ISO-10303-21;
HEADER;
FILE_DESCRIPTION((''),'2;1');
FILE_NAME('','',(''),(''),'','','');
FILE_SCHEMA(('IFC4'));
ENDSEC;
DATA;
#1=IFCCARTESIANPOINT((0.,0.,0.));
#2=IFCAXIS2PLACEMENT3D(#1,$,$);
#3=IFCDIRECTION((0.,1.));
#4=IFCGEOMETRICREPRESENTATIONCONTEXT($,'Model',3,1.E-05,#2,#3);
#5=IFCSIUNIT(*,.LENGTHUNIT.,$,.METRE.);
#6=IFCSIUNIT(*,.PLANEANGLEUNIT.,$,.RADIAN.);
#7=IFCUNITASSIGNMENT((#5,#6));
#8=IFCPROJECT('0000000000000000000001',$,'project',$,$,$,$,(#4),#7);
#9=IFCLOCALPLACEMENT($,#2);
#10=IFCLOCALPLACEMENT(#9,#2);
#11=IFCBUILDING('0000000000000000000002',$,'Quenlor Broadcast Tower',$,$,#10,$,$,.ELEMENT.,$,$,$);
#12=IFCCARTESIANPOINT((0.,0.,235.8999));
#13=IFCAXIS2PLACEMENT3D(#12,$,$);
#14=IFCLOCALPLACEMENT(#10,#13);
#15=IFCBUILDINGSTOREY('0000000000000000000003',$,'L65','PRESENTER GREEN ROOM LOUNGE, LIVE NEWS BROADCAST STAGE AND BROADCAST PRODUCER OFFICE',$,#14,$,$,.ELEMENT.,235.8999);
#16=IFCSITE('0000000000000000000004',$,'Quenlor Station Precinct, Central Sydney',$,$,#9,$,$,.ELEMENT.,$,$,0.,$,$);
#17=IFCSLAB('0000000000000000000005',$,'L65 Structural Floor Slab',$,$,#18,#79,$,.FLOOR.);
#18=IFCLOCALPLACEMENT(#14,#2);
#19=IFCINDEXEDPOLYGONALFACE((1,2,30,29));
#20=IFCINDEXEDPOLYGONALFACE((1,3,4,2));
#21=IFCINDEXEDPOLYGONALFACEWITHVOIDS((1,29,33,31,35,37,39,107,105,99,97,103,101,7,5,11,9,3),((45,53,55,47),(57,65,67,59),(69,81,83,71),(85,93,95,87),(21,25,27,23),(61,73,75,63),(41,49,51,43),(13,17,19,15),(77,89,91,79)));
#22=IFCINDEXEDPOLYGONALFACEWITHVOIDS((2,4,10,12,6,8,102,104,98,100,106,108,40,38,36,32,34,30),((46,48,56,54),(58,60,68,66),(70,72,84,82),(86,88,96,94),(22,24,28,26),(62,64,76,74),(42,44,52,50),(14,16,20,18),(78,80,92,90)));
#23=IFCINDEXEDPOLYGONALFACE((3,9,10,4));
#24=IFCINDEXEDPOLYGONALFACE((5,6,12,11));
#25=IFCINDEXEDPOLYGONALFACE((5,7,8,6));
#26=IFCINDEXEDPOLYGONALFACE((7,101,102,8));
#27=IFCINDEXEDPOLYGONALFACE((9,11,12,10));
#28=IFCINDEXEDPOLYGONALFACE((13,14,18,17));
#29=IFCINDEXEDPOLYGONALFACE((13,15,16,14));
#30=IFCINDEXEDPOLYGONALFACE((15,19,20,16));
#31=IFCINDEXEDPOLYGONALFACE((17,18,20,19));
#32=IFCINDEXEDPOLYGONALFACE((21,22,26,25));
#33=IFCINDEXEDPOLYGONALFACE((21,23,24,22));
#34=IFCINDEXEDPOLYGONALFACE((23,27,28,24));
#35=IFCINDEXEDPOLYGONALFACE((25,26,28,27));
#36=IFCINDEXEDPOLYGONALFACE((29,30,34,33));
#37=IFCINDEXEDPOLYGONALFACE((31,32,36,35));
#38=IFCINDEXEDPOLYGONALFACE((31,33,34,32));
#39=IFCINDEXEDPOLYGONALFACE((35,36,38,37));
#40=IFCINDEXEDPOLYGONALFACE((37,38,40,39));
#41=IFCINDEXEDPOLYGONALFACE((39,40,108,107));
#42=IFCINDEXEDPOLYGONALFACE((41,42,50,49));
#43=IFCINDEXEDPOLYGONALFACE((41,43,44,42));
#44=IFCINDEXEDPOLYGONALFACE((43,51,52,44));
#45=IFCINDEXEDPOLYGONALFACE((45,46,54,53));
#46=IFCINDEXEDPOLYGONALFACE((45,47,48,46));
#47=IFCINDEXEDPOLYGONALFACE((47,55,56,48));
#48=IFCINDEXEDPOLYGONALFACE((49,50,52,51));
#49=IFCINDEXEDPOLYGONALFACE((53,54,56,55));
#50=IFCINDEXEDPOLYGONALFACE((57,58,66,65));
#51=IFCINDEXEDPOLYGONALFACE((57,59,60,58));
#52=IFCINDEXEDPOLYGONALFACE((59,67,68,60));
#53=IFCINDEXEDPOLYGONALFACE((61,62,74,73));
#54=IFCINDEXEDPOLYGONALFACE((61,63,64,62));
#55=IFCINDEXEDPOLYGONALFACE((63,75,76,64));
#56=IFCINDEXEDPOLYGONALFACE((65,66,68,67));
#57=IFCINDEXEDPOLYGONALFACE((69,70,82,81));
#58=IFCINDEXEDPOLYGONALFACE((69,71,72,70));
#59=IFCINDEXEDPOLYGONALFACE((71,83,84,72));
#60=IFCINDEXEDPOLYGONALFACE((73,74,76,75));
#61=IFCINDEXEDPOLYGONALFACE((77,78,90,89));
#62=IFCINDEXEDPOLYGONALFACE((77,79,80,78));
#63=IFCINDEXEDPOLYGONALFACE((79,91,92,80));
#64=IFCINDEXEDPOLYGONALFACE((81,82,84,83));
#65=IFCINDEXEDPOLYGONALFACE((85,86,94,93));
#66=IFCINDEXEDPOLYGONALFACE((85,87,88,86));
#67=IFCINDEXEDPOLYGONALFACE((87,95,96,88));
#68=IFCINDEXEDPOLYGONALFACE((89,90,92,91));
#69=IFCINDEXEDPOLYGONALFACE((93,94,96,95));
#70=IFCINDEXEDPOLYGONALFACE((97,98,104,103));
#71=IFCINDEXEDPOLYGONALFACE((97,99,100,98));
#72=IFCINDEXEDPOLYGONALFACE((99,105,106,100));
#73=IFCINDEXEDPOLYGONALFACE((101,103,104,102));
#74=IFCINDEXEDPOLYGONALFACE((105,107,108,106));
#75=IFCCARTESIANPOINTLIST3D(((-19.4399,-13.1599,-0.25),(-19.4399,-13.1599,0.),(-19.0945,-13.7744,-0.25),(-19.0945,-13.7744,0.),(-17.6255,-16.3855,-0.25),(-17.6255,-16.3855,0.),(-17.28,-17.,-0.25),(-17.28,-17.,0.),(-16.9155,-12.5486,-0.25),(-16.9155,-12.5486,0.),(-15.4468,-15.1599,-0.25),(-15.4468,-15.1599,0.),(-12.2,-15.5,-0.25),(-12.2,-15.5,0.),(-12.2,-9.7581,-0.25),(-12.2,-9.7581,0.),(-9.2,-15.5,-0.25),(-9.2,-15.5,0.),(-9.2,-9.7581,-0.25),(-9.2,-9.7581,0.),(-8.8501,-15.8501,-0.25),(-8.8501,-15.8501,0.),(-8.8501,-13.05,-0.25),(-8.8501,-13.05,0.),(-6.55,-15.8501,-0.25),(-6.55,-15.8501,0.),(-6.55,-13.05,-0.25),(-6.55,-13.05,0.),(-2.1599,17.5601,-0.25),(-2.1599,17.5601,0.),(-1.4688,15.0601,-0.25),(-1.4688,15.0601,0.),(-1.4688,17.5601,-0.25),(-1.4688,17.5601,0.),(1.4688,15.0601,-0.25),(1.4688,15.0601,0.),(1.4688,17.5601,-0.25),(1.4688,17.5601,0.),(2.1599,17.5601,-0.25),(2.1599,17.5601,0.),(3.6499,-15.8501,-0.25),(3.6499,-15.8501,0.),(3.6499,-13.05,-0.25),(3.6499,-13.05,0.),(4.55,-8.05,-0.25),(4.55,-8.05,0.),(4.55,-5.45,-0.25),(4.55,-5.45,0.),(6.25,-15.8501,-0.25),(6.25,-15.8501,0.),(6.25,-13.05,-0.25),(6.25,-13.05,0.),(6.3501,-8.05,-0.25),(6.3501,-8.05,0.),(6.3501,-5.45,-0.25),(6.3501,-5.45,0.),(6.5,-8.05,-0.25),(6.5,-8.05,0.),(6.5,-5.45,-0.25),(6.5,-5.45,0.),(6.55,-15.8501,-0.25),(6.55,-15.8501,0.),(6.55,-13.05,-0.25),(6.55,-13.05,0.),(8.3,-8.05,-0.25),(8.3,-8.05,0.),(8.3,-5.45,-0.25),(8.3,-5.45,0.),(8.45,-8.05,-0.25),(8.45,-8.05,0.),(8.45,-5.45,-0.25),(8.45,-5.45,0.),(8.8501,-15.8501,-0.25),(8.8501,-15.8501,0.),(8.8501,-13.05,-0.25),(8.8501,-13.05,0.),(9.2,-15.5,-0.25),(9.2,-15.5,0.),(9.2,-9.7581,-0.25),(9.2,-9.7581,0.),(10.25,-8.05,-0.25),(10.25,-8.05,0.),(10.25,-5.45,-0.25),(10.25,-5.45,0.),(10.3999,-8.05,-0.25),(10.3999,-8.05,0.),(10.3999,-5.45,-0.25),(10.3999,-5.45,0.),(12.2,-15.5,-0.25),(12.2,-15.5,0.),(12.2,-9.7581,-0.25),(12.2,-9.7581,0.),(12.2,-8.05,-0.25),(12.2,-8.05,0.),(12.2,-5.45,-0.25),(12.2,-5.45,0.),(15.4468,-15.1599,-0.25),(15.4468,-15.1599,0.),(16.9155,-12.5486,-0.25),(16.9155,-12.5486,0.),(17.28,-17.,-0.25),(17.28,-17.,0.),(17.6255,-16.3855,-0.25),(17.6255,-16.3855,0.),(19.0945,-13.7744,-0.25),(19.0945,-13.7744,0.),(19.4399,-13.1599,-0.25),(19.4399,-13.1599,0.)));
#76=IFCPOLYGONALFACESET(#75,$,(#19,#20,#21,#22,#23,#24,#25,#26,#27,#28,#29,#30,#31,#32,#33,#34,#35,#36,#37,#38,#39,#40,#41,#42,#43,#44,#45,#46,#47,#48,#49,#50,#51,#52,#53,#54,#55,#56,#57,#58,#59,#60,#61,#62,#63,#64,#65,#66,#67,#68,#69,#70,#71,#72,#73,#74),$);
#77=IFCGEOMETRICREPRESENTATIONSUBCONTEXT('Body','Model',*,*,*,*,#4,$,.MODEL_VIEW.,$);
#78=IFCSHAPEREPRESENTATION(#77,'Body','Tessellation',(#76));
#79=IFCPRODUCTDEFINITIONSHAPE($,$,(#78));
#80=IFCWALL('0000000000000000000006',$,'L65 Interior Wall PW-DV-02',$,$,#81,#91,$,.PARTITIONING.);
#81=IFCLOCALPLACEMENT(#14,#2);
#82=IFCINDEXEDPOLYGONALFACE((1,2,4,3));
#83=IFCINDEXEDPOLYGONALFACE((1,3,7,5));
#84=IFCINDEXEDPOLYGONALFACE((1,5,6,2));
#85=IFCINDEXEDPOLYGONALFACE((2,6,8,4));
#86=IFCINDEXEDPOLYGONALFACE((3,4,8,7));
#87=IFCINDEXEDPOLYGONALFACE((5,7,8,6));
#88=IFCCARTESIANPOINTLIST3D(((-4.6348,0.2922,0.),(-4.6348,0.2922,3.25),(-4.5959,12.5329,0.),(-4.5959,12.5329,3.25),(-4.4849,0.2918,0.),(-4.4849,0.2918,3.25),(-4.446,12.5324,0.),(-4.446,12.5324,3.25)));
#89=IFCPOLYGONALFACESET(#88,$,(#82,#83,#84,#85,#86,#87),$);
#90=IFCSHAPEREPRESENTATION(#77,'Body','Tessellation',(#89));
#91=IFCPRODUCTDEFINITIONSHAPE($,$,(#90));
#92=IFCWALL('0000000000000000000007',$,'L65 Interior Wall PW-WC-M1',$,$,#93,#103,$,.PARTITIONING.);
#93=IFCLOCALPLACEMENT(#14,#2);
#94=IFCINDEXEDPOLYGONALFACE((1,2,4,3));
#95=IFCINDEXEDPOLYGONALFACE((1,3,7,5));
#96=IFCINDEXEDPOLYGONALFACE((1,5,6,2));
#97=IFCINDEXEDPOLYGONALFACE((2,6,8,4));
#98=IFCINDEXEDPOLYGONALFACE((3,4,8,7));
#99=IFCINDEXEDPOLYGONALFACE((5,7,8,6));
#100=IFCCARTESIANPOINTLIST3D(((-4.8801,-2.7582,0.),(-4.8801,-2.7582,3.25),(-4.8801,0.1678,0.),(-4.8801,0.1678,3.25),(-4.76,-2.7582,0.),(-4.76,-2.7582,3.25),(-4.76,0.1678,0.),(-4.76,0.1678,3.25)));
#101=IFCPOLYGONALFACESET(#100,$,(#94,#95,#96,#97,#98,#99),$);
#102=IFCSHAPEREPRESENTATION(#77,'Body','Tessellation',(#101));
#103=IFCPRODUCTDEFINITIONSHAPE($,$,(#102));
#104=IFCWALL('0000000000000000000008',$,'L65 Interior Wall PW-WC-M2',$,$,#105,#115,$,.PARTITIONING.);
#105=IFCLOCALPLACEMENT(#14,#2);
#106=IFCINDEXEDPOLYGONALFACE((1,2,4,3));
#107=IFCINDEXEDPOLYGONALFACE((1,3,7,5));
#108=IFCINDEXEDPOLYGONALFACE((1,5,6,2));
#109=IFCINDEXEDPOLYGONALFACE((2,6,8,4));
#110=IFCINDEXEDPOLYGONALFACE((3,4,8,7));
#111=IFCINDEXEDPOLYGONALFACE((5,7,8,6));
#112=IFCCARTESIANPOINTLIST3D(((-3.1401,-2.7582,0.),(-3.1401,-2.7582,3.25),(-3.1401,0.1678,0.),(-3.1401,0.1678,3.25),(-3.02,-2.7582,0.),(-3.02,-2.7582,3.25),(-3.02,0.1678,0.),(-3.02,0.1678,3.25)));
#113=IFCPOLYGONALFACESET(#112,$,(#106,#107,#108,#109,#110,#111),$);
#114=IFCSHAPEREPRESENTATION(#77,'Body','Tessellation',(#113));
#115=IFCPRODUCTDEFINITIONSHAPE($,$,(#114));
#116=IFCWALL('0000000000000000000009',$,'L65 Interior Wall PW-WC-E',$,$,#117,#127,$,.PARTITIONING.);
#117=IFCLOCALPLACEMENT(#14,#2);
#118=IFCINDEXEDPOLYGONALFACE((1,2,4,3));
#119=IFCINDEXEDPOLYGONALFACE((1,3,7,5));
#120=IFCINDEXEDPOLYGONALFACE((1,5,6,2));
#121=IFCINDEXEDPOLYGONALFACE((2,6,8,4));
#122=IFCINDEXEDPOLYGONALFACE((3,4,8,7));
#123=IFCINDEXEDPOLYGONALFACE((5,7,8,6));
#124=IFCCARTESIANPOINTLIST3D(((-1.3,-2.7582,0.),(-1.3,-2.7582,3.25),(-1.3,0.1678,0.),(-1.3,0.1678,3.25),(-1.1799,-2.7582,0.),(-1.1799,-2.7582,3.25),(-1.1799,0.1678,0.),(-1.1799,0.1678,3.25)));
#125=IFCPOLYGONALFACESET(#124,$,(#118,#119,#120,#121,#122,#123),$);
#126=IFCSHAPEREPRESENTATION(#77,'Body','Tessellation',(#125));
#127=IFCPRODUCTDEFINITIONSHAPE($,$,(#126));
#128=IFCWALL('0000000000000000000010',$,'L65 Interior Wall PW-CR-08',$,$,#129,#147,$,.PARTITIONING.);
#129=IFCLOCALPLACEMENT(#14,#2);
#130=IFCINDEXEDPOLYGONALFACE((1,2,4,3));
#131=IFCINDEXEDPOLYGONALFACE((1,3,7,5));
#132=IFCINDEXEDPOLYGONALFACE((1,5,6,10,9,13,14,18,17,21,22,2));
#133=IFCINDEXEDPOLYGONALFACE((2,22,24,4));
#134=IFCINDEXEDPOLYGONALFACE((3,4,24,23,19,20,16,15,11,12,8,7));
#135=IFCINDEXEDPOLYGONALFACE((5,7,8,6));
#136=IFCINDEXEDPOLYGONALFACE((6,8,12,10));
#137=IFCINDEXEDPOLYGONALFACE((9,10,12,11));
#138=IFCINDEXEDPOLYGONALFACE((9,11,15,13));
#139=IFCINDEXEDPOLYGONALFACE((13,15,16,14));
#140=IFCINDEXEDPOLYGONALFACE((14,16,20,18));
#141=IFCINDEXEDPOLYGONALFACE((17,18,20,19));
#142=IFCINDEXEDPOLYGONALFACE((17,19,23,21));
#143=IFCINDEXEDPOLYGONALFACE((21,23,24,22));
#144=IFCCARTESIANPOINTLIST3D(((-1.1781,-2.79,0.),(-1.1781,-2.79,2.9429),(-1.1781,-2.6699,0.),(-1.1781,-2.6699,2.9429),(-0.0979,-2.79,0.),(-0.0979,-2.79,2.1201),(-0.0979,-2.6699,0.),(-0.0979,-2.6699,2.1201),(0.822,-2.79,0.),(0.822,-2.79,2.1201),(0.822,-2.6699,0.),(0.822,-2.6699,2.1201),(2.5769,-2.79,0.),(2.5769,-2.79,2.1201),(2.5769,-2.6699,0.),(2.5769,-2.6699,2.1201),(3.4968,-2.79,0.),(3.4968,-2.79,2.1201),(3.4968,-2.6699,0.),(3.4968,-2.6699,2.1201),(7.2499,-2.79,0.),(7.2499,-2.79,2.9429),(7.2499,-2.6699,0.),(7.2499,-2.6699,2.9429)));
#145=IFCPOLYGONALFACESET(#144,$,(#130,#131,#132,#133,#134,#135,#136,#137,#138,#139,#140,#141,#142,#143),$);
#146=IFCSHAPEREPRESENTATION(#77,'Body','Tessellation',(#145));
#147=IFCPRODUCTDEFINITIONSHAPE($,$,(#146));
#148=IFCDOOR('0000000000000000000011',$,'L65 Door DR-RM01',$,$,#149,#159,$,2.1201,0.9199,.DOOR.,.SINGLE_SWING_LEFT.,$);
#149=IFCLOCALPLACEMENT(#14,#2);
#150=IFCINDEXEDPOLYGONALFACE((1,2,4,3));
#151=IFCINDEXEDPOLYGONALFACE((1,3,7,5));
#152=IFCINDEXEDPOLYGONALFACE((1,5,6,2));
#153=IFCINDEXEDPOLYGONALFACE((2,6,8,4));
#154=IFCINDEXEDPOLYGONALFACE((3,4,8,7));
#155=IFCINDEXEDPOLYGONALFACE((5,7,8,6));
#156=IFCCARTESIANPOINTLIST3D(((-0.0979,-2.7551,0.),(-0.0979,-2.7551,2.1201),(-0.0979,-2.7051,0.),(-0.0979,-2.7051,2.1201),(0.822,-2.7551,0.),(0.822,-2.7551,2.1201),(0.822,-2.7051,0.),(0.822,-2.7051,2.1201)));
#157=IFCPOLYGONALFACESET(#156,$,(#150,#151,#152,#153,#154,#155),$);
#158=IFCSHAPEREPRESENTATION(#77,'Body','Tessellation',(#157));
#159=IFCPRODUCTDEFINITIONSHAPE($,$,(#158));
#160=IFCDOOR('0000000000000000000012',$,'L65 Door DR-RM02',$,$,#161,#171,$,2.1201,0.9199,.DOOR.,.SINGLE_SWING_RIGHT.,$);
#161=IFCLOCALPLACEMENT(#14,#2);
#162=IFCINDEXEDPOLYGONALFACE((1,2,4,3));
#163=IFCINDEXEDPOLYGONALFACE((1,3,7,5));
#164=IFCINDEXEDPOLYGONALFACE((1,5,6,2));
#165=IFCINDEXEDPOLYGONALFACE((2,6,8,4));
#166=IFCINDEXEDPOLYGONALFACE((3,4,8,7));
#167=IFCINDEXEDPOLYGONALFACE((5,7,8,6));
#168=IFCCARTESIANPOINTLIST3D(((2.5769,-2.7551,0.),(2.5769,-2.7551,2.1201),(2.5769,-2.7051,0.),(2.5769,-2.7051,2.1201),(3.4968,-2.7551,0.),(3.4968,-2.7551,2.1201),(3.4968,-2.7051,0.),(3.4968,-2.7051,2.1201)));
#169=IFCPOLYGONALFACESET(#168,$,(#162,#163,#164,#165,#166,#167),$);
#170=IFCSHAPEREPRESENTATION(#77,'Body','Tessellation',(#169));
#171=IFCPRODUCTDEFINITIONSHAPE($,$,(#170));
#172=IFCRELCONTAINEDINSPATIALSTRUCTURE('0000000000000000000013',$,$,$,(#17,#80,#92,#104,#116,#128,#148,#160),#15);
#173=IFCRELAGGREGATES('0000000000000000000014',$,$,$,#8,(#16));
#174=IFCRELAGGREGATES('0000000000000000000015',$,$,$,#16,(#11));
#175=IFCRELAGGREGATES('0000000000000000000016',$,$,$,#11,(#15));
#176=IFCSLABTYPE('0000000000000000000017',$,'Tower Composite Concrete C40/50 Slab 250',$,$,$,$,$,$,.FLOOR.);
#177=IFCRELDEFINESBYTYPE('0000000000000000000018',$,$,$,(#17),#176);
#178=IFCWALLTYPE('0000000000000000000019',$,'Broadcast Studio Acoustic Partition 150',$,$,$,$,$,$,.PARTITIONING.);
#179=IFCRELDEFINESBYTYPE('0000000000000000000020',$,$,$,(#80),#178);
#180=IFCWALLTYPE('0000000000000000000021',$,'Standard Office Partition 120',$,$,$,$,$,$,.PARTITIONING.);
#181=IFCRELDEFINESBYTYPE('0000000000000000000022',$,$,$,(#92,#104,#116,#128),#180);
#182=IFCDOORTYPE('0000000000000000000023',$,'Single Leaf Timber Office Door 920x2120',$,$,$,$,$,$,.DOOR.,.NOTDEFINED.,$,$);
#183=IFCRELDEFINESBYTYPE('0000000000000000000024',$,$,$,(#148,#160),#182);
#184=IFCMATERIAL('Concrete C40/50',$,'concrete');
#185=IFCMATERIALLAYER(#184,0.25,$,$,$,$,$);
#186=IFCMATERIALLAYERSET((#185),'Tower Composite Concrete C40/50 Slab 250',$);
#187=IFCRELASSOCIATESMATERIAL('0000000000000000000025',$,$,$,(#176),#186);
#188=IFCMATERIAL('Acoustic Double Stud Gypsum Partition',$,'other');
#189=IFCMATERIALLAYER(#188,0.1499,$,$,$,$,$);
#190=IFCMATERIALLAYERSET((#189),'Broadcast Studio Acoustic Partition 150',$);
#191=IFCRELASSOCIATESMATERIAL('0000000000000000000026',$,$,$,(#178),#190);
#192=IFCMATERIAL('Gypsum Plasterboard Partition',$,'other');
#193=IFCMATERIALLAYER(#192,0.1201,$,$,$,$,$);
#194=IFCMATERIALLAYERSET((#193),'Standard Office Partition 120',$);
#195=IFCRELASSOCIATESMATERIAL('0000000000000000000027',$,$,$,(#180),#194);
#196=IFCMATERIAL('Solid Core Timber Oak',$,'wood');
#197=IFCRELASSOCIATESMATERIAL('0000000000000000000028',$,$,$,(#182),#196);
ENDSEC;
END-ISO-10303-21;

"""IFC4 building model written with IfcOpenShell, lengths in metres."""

from ifc_helpers import new_model, si_unit, direction, frame, frame_2d, origin, place, context, subcontext, project, spatial, polyline, rectangle, outline, extrude, material, layer, layer_set, type_object, element, fill, save


model = new_model("IFC4")

# Units and contexts
model_context = context("Model", 3, precision=1e-05, world=origin(), true_north=direction((0.0, 1.0)))
body_context = subcontext(model_context, "Body", "Model", "MODEL_VIEW")
ifc_project = project(units=[si_unit("LENGTHUNIT", "METRE"), si_unit("PLANEANGLEUNIT", "RADIAN")], contexts=[model_context])

# Site, building, storey
site_placement = place(None, origin())
site = spatial("IfcSite", under=ifc_project, at=site_placement, Name="Quenlor Station Precinct, Central Sydney", CompositionType="ELEMENT", RefElevation=0.0)
building_placement = place(site_placement, origin())
building = spatial("IfcBuilding", under=site, at=building_placement, Name="Quenlor Broadcast Tower", CompositionType="ELEMENT")
storey_placement = place(building_placement, frame((0.0, 0.0, 235.8999)))
storey = spatial("IfcBuildingStorey", under=building, at=storey_placement, Name="L65", Description="PRESENTER GREEN ROOM LOUNGE, LIVE NEWS BROADCAST STAGE AND BROADCAST PRODUCER OFFICE", CompositionType="ELEMENT", Elevation=235.8999)

# Slab
ifc_material_1 = material(Name="Concrete C40/50", Category="concrete")
ifc_layer_1 = layer(ifc_material_1, 0.25)
ifc_layer_set_1 = layer_set([ifc_layer_1], Name="Tower Composite Concrete C40/50 Slab 250")
slab_type = type_object("IfcSlabType", Name="Tower Composite Concrete C40/50 Slab 250", PredefinedType="FLOOR", material=ifc_layer_set_1)
slab_placement = place(storey_placement, frame((0.0, 0.0, -0.25)))
element("IfcSlab", 1, at=slab_placement, inside=storey, type_object=slab_type, Name="L65 Structural Floor Slab", PredefinedType="FLOOR", context=body_context, shape_type="SweptSolid", body=[
    extrude(outline(polyline([(17.28, -17.0), (17.6255, -16.3855), (15.4468, -15.1599), (16.9155, -12.5486), (19.0945, -13.7744), (19.4399, -13.1599), (2.1599, 17.5601), (1.4688, 17.5601), (1.4688, 15.0601), (-1.4688, 15.0601), (-1.4688, 17.5601), (-2.1599, 17.5601), (-19.4399, -13.1599), (-19.0945, -13.7744), (-16.9155, -12.5486), (-15.4468, -15.1599), (-17.6255, -16.3855), (-17.28, -17.0), (17.28, -17.0)]), holes=[polyline([(-12.2, -9.7581), (-12.2, -15.5), (-9.2, -15.5), (-9.2, -9.7581), (-12.2, -9.7581)]), polyline([(9.2, -9.7581), (9.2, -15.5), (12.2, -15.5), (12.2, -9.7581), (9.2, -9.7581)]), polyline([(4.55, -8.05), (6.3501, -8.05), (6.3501, -5.45), (4.55, -5.45), (4.55, -8.05)]), polyline([(6.5, -8.05), (8.3, -8.05), (8.3, -5.45), (6.5, -5.45), (6.5, -8.05)]), polyline([(8.45, -8.05), (10.25, -8.05), (10.25, -5.45), (8.45, -5.45), (8.45, -8.05)]), polyline([(10.3999, -8.05), (12.2, -8.05), (12.2, -5.45), (10.3999, -5.45), (10.3999, -8.05)]), polyline([(-8.8501, -15.8501), (-6.55, -15.8501), (-6.55, -13.05), (-8.8501, -13.05), (-8.8501, -15.8501)]), polyline([(6.55, -15.8501), (8.8501, -15.8501), (8.8501, -13.05), (6.55, -13.05), (6.55, -15.8501)]), polyline([(3.6499, -15.8501), (6.25, -15.8501), (6.25, -13.05), (3.6499, -13.05), (3.6499, -15.8501)])]), origin(), (0.0, 0.0, 1.0), 0.25),
])

# Walls
ifc_material_2 = material(Name="Acoustic Double Stud Gypsum Partition", Category="other")
ifc_layer_2 = layer(ifc_material_2, 0.1499)
ifc_layer_set_2 = layer_set([ifc_layer_2], Name="Broadcast Studio Acoustic Partition 150")
wall_type_1 = type_object("IfcWallType", Name="Broadcast Studio Acoustic Partition 150", PredefinedType="PARTITIONING", material=ifc_layer_set_2)
wall_1_placement = place(storey_placement, frame((-4.5598, 0.292, 0.0), z_axis=(0.0, 0.0, 1.0), x_axis=(0.003171, 0.999995, 0.0)))
element("IfcWall", 2, at=wall_1_placement, inside=storey, type_object=wall_type_1, Name="L65 Interior Wall PW-DV-02", PredefinedType="PARTITIONING", context=body_context, shape_type="SweptSolid", body=[
    extrude(rectangle(XDim=12.2407, YDim=0.1499, at=frame_2d((6.1204, 0.0))), origin(), (0.0, 0.0, 1.0), 3.25),
])
ifc_material_3 = material(Name="Gypsum Plasterboard Partition", Category="other")
ifc_layer_3 = layer(ifc_material_3, 0.1201)
ifc_layer_set_3 = layer_set([ifc_layer_3], Name="Standard Office Partition 120")
wall_type_2 = type_object("IfcWallType", Name="Standard Office Partition 120", PredefinedType="PARTITIONING", material=ifc_layer_set_3)
for number, where, z_axis, x_axis, name in (
    (3, (-4.8201, -2.7581, 0.0), (0.0, 0.0, 1.0), (0.0, 1.0, 0.0), "L65 Interior Wall PW-WC-M1"),
    (4, (-3.0801, -2.7581, 0.0), (0.0, 0.0, 1.0), (0.0, 1.0, 0.0), "L65 Interior Wall PW-WC-M2"),
    (5, (-1.24, -2.7581, 0.0), (0.0, 0.0, 1.0), (0.0, 1.0, 0.0), "L65 Interior Wall PW-WC-E"),
):
    element("IfcWall", number, at=place(storey_placement, frame(where, z_axis=z_axis, x_axis=x_axis)), inside=storey, type_object=wall_type_2, Name=name, PredefinedType="PARTITIONING", context=body_context, shape_type="SweptSolid", body=[
        extrude(rectangle(XDim=2.926, YDim=0.1201, at=frame_2d((1.4629, 0.0))), origin(), (0.0, 0.0, 1.0), 3.25),
    ])

# Wall, openings, doors
wall_2_placement = place(storey_placement, frame((-1.178, -2.73, 0.0), z_axis=(0.0, 0.0, 1.0), x_axis=(1.0, 0.0, 0.0)))
wall_2 = element("IfcWall", 6, at=wall_2_placement, inside=storey, type_object=wall_type_2, Name="L65 Interior Wall PW-CR-08", PredefinedType="PARTITIONING", context=body_context, shape_type="SweptSolid", body=[
    extrude(rectangle(XDim=8.428, YDim=0.1201, at=frame_2d((4.2139, 0.0))), origin(), (0.0, 0.0, 1.0), 2.9429),
])
opening_1_placement = place(wall_2_placement, frame((1.0801, 0.0, 0.0)))
opening_1 = element("IfcOpeningElement", 7, at=opening_1_placement, cuts=wall_2, PredefinedType="OPENING", context=body_context, shape_type="SweptSolid", body=[
    extrude(rectangle(XDim=0.9199, YDim=2.1201, at=frame_2d((0.46, 1.0601))), frame((0.0, 0.0701, 0.0), z_axis=(0.0, -1.0, 0.0), x_axis=(1.0, 0.0, 0.0)), (0.0, 0.0, 1.0), 0.1401),
])
opening_2_placement = place(wall_2_placement, frame((3.7549, 0.0, 0.0)))
opening_2 = element("IfcOpeningElement", 8, at=opening_2_placement, cuts=wall_2, PredefinedType="OPENING", context=body_context, shape_type="SweptSolid", body=[
    extrude(rectangle(XDim=0.9199, YDim=2.1201, at=frame_2d((0.46, 1.0601))), frame((0.0, 0.0701, 0.0), z_axis=(0.0, -1.0, 0.0), x_axis=(1.0, 0.0, 0.0)), (0.0, 0.0, 1.0), 0.1401),
])
ifc_material_4 = material(Name="Solid Core Timber Oak", Category="wood")
door_type = type_object("IfcDoorType", Name="Single Leaf Timber Office Door 920x2120", OperationType="NOTDEFINED", PredefinedType="DOOR", material=ifc_material_4)
door_1_placement = place(opening_1_placement, origin())
door_1 = element("IfcDoor", 9, at=door_1_placement, inside=storey, type_object=door_type, Name="L65 Door DR-RM01", OperationType="SINGLE_SWING_LEFT", OverallHeight=2.1201, OverallWidth=0.9199, PredefinedType="DOOR", context=body_context, shape_type="SweptSolid", body=[
    extrude(rectangle(XDim=0.9199, YDim=2.1201, at=frame_2d((0.46, 1.0601))), frame((0.0, 0.0249, 0.0), z_axis=(0.0, -1.0, 0.0), x_axis=(1.0, 0.0, 0.0)), (0.0, 0.0, 1.0), 0.05),
])
fill(opening_1, door_1)
door_2_placement = place(opening_2_placement, origin())
door_2 = element("IfcDoor", 10, at=door_2_placement, inside=storey, type_object=door_type, Name="L65 Door DR-RM02", OperationType="SINGLE_SWING_RIGHT", OverallHeight=2.1201, OverallWidth=0.9199, PredefinedType="DOOR", context=body_context, shape_type="SweptSolid", body=[
    extrude(rectangle(XDim=0.9199, YDim=2.1201, at=frame_2d((0.46, 1.0601))), frame((0.0, 0.0249, 0.0), z_axis=(0.0, -1.0, 0.0), x_axis=(1.0, 0.0, 0.0)), (0.0, 0.0, 1.0), 0.05),
])
fill(opening_2, door_2)

save(model, "model.ifc")
